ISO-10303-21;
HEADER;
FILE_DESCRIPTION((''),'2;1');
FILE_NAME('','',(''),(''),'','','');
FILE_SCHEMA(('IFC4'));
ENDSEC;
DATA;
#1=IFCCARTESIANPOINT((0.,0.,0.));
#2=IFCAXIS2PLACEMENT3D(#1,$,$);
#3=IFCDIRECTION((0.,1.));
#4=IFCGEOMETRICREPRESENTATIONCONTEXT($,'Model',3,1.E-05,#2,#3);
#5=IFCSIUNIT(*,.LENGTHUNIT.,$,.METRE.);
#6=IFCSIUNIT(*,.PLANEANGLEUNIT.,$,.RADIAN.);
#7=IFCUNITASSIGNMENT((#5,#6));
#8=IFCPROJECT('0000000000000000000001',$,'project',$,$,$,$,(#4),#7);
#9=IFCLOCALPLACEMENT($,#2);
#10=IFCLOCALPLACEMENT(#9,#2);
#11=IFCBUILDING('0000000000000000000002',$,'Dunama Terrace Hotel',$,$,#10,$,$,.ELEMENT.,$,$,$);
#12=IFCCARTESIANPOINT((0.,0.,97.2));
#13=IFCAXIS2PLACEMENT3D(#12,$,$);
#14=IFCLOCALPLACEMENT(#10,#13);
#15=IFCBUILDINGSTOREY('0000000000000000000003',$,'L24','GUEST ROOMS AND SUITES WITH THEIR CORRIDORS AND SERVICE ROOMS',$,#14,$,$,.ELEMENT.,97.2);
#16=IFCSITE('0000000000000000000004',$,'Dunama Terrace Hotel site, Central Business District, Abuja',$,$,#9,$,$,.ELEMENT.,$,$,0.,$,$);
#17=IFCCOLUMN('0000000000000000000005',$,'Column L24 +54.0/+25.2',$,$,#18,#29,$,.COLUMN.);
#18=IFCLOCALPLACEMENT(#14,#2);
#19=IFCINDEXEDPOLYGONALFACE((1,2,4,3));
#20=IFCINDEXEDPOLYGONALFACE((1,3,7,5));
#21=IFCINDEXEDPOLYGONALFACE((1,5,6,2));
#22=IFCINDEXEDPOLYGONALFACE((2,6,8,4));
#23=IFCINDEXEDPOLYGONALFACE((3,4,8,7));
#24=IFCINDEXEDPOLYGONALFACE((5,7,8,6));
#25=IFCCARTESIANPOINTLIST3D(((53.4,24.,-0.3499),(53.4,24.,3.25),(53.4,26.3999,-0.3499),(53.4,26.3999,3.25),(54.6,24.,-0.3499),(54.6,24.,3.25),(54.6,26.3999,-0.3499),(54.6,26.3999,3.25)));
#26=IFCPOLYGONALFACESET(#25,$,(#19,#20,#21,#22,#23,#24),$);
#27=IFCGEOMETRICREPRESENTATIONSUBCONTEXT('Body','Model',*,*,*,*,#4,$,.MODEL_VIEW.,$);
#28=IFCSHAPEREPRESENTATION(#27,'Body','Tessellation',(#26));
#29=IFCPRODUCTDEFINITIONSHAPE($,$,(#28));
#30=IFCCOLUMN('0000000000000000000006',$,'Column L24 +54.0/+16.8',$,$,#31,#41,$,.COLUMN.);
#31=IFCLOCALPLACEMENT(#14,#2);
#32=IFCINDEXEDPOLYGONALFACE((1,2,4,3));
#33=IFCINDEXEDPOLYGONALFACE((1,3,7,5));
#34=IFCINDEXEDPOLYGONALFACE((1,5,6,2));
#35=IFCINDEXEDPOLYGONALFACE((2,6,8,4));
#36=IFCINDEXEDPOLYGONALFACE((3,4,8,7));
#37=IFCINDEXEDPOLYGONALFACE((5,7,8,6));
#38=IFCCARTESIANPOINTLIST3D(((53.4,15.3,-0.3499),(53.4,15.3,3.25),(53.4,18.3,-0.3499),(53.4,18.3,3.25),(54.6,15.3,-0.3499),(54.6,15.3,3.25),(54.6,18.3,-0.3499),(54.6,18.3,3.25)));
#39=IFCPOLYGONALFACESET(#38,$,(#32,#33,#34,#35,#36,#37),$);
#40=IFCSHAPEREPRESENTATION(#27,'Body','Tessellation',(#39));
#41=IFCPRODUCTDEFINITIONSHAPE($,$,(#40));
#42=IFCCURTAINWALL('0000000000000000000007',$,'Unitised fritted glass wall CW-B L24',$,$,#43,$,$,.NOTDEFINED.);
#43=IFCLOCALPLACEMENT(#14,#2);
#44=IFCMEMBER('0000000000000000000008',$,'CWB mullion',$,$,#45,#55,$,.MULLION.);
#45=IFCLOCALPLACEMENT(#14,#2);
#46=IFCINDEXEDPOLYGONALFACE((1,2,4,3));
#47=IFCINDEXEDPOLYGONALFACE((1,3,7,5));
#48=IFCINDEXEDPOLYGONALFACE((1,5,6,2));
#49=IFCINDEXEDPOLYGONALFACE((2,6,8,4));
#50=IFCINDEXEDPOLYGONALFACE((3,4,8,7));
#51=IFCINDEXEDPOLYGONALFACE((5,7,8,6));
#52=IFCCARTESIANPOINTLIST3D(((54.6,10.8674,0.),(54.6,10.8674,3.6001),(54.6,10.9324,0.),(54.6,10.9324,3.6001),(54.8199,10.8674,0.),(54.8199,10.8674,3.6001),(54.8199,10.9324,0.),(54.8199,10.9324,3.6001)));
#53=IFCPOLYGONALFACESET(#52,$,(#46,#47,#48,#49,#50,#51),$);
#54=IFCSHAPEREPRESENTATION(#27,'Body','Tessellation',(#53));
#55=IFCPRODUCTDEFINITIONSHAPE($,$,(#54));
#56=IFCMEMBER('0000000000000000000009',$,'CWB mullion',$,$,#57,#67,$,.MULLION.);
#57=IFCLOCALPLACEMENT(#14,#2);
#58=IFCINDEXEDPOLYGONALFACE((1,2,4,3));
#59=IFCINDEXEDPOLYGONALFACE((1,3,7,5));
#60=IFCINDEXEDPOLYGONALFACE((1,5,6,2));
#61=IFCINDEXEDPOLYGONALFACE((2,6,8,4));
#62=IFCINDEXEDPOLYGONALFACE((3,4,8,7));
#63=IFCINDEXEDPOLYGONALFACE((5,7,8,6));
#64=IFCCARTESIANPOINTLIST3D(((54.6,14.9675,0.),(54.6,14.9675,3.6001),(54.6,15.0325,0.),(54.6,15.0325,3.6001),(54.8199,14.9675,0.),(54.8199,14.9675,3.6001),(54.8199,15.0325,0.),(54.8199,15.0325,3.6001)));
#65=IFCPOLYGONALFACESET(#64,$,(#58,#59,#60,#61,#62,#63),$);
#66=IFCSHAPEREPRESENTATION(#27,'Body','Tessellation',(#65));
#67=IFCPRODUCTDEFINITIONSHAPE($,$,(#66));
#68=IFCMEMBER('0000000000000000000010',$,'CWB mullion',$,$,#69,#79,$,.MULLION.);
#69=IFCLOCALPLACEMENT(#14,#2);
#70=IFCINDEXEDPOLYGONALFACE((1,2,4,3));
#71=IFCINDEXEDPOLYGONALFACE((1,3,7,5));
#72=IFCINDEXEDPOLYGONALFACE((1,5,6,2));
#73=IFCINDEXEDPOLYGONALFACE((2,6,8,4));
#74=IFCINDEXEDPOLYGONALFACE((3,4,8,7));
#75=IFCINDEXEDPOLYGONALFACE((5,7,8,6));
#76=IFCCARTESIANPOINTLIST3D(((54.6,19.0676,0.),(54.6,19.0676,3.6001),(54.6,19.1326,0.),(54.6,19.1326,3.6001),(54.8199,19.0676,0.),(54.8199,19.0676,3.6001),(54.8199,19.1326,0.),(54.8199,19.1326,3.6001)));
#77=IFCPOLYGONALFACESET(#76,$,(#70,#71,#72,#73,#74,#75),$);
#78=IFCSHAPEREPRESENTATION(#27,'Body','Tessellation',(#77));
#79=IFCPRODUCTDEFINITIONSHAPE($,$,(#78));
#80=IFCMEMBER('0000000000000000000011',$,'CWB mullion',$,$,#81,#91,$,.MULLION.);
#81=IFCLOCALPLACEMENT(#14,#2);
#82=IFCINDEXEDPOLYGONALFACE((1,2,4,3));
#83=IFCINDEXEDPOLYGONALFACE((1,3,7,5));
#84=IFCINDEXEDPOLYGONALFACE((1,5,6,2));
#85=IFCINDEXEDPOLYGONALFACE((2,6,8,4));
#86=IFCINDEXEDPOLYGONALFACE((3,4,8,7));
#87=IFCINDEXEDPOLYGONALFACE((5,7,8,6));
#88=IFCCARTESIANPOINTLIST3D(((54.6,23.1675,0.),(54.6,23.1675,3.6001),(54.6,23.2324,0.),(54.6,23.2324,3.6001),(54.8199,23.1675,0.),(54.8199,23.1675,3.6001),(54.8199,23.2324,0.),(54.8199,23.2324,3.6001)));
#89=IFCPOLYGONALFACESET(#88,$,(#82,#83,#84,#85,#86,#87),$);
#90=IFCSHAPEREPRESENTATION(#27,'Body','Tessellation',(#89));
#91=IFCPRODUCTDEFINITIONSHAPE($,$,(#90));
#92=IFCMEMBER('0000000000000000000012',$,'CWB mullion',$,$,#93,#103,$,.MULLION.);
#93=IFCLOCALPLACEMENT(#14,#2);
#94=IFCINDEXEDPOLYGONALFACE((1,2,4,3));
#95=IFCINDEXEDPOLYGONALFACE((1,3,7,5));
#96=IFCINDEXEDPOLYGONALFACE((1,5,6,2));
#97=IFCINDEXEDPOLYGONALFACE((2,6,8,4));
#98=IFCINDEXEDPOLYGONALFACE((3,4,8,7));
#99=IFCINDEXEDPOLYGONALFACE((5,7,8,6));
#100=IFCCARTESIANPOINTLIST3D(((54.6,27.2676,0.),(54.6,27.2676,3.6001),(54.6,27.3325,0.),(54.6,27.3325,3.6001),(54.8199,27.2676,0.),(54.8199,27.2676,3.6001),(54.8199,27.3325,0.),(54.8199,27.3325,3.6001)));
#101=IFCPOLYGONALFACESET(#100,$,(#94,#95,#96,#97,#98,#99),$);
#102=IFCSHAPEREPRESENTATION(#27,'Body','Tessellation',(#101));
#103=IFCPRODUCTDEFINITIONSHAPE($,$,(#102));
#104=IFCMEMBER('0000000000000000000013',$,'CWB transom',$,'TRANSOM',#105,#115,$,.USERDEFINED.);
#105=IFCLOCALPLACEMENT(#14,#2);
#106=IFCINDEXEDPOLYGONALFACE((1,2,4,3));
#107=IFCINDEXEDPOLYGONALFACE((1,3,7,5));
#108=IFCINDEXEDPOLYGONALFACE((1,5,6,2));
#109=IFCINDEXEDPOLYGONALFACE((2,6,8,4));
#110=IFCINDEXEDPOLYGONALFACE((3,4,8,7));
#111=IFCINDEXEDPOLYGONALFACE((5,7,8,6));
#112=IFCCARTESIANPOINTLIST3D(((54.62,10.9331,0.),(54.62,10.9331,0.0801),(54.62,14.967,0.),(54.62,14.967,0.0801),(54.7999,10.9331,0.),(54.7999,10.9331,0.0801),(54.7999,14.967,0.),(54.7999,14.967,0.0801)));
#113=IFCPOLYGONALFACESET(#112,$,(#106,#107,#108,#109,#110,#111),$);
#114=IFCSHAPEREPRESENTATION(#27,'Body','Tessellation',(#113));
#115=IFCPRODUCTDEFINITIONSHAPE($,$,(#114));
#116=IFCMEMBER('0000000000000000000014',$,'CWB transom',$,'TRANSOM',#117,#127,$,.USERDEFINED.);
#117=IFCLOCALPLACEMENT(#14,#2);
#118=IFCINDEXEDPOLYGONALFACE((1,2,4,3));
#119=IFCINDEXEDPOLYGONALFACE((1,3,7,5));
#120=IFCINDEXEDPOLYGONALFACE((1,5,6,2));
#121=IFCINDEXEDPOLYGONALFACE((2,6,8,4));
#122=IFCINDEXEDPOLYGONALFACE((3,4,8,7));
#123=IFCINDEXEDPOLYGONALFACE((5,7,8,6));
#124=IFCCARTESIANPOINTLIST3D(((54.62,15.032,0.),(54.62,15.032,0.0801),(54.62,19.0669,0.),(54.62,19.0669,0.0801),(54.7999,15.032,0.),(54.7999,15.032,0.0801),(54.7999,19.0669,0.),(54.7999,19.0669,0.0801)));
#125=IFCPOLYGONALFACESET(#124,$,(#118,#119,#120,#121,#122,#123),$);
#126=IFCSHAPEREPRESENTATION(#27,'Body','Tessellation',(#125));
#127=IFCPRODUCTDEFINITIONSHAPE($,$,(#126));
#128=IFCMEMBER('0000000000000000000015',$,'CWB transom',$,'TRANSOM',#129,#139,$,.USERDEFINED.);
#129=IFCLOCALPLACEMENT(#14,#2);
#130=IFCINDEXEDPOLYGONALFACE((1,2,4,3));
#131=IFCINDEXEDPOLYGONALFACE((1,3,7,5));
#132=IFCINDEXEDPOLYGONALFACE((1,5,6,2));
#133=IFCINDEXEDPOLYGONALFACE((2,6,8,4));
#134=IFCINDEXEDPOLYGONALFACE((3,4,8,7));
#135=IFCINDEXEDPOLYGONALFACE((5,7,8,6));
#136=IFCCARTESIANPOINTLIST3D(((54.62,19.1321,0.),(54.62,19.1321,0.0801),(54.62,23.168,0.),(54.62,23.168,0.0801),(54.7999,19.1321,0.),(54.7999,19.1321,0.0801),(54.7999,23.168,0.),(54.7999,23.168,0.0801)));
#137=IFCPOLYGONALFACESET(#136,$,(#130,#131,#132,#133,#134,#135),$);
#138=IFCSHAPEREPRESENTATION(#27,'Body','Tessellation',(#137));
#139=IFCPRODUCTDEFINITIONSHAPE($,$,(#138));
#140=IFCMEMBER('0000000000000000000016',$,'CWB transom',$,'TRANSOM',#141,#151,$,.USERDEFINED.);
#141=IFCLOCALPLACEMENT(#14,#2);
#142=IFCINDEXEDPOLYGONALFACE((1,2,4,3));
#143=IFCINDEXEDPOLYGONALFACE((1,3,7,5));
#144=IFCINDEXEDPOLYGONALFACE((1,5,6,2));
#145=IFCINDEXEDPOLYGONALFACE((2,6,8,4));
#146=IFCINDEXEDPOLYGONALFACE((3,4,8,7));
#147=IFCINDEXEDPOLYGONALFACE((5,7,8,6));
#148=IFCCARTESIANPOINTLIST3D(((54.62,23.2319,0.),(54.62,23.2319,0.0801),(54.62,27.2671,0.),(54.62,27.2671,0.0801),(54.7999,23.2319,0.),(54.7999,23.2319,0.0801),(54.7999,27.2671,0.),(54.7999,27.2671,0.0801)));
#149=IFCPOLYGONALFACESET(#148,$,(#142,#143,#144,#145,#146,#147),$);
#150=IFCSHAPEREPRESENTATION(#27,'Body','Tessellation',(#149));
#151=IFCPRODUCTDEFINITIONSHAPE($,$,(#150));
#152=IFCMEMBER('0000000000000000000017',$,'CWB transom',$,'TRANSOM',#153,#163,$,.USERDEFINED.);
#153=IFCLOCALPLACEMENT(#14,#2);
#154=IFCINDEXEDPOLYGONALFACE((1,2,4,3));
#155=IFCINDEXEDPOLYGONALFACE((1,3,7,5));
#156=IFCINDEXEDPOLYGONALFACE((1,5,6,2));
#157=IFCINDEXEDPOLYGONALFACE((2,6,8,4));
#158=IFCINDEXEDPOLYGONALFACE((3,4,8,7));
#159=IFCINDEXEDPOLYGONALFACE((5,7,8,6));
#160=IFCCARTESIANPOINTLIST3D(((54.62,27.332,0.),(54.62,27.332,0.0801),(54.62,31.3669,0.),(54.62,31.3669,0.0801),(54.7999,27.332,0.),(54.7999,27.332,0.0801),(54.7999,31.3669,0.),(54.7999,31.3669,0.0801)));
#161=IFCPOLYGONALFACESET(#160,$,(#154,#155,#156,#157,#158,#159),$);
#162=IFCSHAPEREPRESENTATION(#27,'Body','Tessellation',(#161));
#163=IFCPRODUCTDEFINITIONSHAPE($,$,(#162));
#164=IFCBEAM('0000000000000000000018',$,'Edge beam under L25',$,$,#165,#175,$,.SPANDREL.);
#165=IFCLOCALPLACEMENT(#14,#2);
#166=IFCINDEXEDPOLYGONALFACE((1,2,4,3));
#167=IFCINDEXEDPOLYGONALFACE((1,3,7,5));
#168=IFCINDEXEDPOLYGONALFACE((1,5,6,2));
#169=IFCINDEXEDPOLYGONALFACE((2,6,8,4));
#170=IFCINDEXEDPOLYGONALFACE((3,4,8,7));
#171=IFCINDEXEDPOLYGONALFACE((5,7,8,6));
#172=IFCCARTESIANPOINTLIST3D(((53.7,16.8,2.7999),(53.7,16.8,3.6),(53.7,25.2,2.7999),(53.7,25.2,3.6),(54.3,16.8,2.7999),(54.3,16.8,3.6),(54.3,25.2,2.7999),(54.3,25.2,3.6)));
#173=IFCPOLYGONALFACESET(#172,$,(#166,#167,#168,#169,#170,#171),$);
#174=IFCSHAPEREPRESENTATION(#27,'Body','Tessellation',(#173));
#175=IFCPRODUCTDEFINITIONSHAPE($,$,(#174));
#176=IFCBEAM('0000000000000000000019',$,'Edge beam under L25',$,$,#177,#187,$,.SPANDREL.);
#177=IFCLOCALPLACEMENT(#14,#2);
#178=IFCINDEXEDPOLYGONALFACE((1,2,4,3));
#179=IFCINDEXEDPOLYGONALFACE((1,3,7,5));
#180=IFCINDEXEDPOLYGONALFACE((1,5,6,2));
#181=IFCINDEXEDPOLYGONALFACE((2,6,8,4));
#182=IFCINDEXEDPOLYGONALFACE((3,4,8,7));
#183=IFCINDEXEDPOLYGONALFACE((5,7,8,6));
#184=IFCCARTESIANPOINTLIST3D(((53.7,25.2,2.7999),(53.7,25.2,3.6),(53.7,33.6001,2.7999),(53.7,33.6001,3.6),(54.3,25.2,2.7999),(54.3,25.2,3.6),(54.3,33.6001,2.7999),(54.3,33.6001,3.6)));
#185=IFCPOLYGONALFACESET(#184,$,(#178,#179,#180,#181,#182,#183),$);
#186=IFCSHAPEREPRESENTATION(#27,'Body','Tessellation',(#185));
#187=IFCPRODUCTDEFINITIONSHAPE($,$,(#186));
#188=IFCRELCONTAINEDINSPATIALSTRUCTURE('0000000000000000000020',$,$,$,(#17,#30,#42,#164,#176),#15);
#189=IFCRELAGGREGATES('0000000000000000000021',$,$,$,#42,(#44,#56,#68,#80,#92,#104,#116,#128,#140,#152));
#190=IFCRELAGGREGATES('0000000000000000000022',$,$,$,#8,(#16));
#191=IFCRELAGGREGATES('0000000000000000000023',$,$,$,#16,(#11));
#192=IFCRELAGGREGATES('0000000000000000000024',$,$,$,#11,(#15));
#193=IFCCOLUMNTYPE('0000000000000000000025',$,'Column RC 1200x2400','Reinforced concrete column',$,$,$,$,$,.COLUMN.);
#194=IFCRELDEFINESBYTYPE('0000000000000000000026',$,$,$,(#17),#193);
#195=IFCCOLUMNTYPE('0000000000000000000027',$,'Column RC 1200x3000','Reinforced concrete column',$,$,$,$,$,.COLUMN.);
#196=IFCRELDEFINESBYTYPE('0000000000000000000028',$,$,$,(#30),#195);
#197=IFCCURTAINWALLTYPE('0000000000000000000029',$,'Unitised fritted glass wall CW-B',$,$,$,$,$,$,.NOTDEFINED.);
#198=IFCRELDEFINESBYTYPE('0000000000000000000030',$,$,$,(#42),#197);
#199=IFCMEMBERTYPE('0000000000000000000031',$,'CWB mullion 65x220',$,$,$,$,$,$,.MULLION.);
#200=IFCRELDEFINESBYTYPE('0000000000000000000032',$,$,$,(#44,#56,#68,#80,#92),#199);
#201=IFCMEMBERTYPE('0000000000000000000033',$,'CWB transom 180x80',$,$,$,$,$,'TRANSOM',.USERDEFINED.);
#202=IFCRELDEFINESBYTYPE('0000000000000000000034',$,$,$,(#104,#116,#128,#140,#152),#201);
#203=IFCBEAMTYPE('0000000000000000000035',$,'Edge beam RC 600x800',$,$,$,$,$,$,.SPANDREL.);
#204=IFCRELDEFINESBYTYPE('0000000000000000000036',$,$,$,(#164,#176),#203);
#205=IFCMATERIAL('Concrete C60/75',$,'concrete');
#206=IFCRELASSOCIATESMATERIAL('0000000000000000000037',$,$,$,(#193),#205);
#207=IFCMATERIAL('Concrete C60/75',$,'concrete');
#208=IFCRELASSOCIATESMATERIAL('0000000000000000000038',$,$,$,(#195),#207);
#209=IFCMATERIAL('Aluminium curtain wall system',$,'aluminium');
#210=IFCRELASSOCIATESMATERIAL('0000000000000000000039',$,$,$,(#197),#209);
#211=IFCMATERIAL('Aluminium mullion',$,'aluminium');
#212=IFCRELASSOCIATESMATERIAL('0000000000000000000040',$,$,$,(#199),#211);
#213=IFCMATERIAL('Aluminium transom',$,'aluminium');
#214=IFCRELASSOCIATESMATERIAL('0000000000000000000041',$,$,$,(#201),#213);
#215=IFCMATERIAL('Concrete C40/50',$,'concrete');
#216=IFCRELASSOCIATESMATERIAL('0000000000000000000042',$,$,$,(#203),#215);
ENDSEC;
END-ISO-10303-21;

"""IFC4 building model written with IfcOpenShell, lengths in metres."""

from ifc_helpers import new_model, si_unit, direction, frame, origin, origin_2d, place, context, subcontext, project, spatial, rectangle, extrude, material, material_profile, profile_set, type_object, element, aggregate, save


model = new_model("IFC4")

# Units and contexts
model_context = context("Model", 3, precision=1e-05, world=origin(), true_north=direction((0.0, 1.0)))
body_context = subcontext(model_context, "Body", "Model", "MODEL_VIEW")
ifc_project = project(units=[si_unit("LENGTHUNIT", "METRE"), si_unit("PLANEANGLEUNIT", "RADIAN")], contexts=[model_context])

# Site, building, storey
site_placement = place(None, origin())
site = spatial("IfcSite", under=ifc_project, at=site_placement, Name="Dunama Terrace Hotel site, Central Business District, Abuja", CompositionType="ELEMENT", RefElevation=0.0)
building_placement = place(site_placement, origin())
building = spatial("IfcBuilding", under=site, at=building_placement, Name="Dunama Terrace Hotel", CompositionType="ELEMENT")
storey_placement = place(building_placement, frame((0.0, 0.0, 97.2)))
storey = spatial("IfcBuildingStorey", under=building, at=storey_placement, Name="L24", Description="GUEST ROOMS AND SUITES WITH THEIR CORRIDORS AND SERVICE ROOMS", CompositionType="ELEMENT", Elevation=97.2)

# Columns
ifc_material_1 = material(Name="Concrete C60/75", Category="concrete")
ifc_material_profile_1 = material_profile(ifc_material_1, rectangle(XDim=1.2, YDim=2.3999, at=origin_2d()), Name="RC 1200x2400")
ifc_profile_set_1 = profile_set([ifc_material_profile_1], Name="Concrete C60/75")
column_type_1 = type_object("IfcColumnType", Name="Column RC 1200x2400", Description="Reinforced concrete column", PredefinedType="COLUMN", material=ifc_profile_set_1)
column_1_placement = place(storey_placement, frame((54.0, 25.2, -0.3499), z_axis=(0.0, 0.0, 1.0), x_axis=(1.0, 0.0, 0.0)))
element("IfcColumn", 1, at=column_1_placement, inside=storey, type_object=column_type_1, Name="Column L24 +54.0/+25.2", PredefinedType="COLUMN", context=body_context, shape_type="SweptSolid", body=[
    extrude(rectangle(XDim=1.2, YDim=2.3999, at=origin_2d()), origin(), (0.0, 0.0, 1.0), 3.5999),
])
ifc_material_2 = material(Name="Concrete C60/75", Category="concrete")
ifc_material_profile_2 = material_profile(ifc_material_2, rectangle(XDim=1.2, YDim=3.0, at=origin_2d()), Name="RC 1200x3000")
ifc_profile_set_2 = profile_set([ifc_material_profile_2], Name="Concrete C60/75")
column_type_2 = type_object("IfcColumnType", Name="Column RC 1200x3000", Description="Reinforced concrete column", PredefinedType="COLUMN", material=ifc_profile_set_2)
column_2_placement = place(storey_placement, frame((54.0, 16.8, -0.3499), z_axis=(0.0, 0.0, 1.0), x_axis=(1.0, 0.0, 0.0)))
element("IfcColumn", 2, at=column_2_placement, inside=storey, type_object=column_type_2, Name="Column L24 +54.0/+16.8", PredefinedType="COLUMN", context=body_context, shape_type="SweptSolid", body=[
    extrude(rectangle(XDim=1.2, YDim=3.0, at=origin_2d()), origin(), (0.0, 0.0, 1.0), 3.5999),
])

# Curtain wall, members
ifc_material_3 = material(Name="Aluminium curtain wall system", Category="aluminium")
curtain_wall_type = type_object("IfcCurtainWallType", Name="Unitised fritted glass wall CW-B", PredefinedType="NOTDEFINED", material=ifc_material_3)
curtain_wall_placement = place(storey_placement, origin())
curtain_wall = element("IfcCurtainWall", 3, at=curtain_wall_placement, inside=storey, type_object=curtain_wall_type, Name="Unitised fritted glass wall CW-B L24", PredefinedType="NOTDEFINED")
ifc_material_4 = material(Name="Aluminium mullion", Category="aluminium")
ifc_material_profile_3 = material_profile(ifc_material_4, rectangle(XDim=0.0649, YDim=0.22, at=origin_2d()), Name="CWB MULLION 65X220")
ifc_profile_set_3 = profile_set([ifc_material_profile_3], Name="Aluminium mullion")
member_type_1 = type_object("IfcMemberType", Name="CWB mullion 65x220", PredefinedType="MULLION", material=ifc_profile_set_3)
member_1_placement = place(storey_placement, frame((54.71, 10.8999, 0.0), z_axis=(0.0, 0.0, 1.0), x_axis=(0.0, 1.0, 0.0)))
member_1 = element("IfcMember", 4, at=member_1_placement, type_object=member_type_1, Name="CWB mullion", PredefinedType="MULLION", context=body_context, shape_type="SweptSolid", body=[
    extrude(rectangle(XDim=0.0649, YDim=0.22, at=origin_2d()), origin(), (0.0, 0.0, 1.0), 3.6001),
])
member_2_placement = place(storey_placement, frame((54.71, 15.0, 0.0), z_axis=(0.0, 0.0, 1.0), x_axis=(0.0, 1.0, 0.0)))
member_2 = element("IfcMember", 5, at=member_2_placement, type_object=member_type_1, Name="CWB mullion", PredefinedType="MULLION", context=body_context, shape_type="SweptSolid", body=[
    extrude(rectangle(XDim=0.0649, YDim=0.22, at=origin_2d()), origin(), (0.0, 0.0, 1.0), 3.6001),
])
member_3_placement = place(storey_placement, frame((54.71, 19.1001, 0.0), z_axis=(0.0, 0.0, 1.0), x_axis=(0.0, 1.0, 0.0)))
member_3 = element("IfcMember", 6, at=member_3_placement, type_object=member_type_1, Name="CWB mullion", PredefinedType="MULLION", context=body_context, shape_type="SweptSolid", body=[
    extrude(rectangle(XDim=0.0649, YDim=0.22, at=origin_2d()), origin(), (0.0, 0.0, 1.0), 3.6001),
])
member_4_placement = place(storey_placement, frame((54.71, 23.2, 0.0), z_axis=(0.0, 0.0, 1.0), x_axis=(0.0, 1.0, 0.0)))
member_4 = element("IfcMember", 7, at=member_4_placement, type_object=member_type_1, Name="CWB mullion", PredefinedType="MULLION", context=body_context, shape_type="SweptSolid", body=[
    extrude(rectangle(XDim=0.0649, YDim=0.22, at=origin_2d()), origin(), (0.0, 0.0, 1.0), 3.6001),
])
member_5_placement = place(storey_placement, frame((54.71, 27.3, 0.0), z_axis=(0.0, 0.0, 1.0), x_axis=(0.0, 1.0, 0.0)))
member_5 = element("IfcMember", 8, at=member_5_placement, type_object=member_type_1, Name="CWB mullion", PredefinedType="MULLION", context=body_context, shape_type="SweptSolid", body=[
    extrude(rectangle(XDim=0.0649, YDim=0.22, at=origin_2d()), origin(), (0.0, 0.0, 1.0), 3.6001),
])
ifc_material_5 = material(Name="Aluminium transom", Category="aluminium")
ifc_material_profile_4 = material_profile(ifc_material_5, rectangle(XDim=0.1799, YDim=0.0801, at=origin_2d()), Name="CWB TRANSOM 180X80")
ifc_profile_set_4 = profile_set([ifc_material_profile_4], Name="Aluminium transom")
member_type_2 = type_object("IfcMemberType", Name="CWB transom 180x80", ElementType="TRANSOM", PredefinedType="USERDEFINED", material=ifc_profile_set_4)
member_6_placement = place(storey_placement, frame((54.71, 10.9331, 0.04), z_axis=(0.0, 1.0, 0.0), x_axis=(-1.0, 0.0, 0.0)))
member_6 = element("IfcMember", 9, at=member_6_placement, type_object=member_type_2, Name="CWB transom", ObjectType="TRANSOM", PredefinedType="USERDEFINED", context=body_context, shape_type="SweptSolid", body=[
    extrude(rectangle(XDim=0.1799, YDim=0.0801, at=origin_2d()), origin(), (0.0, 0.0, 1.0), 4.0339),
])
member_7_placement = place(storey_placement, frame((54.71, 15.032, 0.04), z_axis=(0.0, 1.0, 0.0), x_axis=(-1.0, 0.0, 0.0)))
member_7 = element("IfcMember", 10, at=member_7_placement, type_object=member_type_2, Name="CWB transom", ObjectType="TRANSOM", PredefinedType="USERDEFINED", context=body_context, shape_type="SweptSolid", body=[
    extrude(rectangle(XDim=0.1799, YDim=0.0801, at=origin_2d()), origin(), (0.0, 0.0, 1.0), 4.0349),
])
member_8_placement = place(storey_placement, frame((54.71, 19.1321, 0.04), z_axis=(0.0, 1.0, 0.0), x_axis=(-1.0, 0.0, 0.0)))
member_8 = element("IfcMember", 11, at=member_8_placement, type_object=member_type_2, Name="CWB transom", ObjectType="TRANSOM", PredefinedType="USERDEFINED", context=body_context, shape_type="SweptSolid", body=[
    extrude(rectangle(XDim=0.1799, YDim=0.0801, at=origin_2d()), origin(), (0.0, 0.0, 1.0), 4.0359),
])
member_9_placement = place(storey_placement, frame((54.71, 23.2319, 0.04), z_axis=(0.0, 1.0, 0.0), x_axis=(-1.0, 0.0, 0.0)))
member_9 = element("IfcMember", 12, at=member_9_placement, type_object=member_type_2, Name="CWB transom", ObjectType="TRANSOM", PredefinedType="USERDEFINED", context=body_context, shape_type="SweptSolid", body=[
    extrude(rectangle(XDim=0.1799, YDim=0.0801, at=origin_2d()), origin(), (0.0, 0.0, 1.0), 4.0352),
])
member_10_placement = place(storey_placement, frame((54.71, 27.332, 0.04), z_axis=(0.0, 1.0, 0.0), x_axis=(-1.0, 0.0, 0.0)))
member_10 = element("IfcMember", 13, at=member_10_placement, type_object=member_type_2, Name="CWB transom", ObjectType="TRANSOM", PredefinedType="USERDEFINED", context=body_context, shape_type="SweptSolid", body=[
    extrude(rectangle(XDim=0.1799, YDim=0.0801, at=origin_2d()), origin(), (0.0, 0.0, 1.0), 4.0349),
])

# Beams
ifc_material_6 = material(Name="Concrete C40/50", Category="concrete")
ifc_material_profile_5 = material_profile(ifc_material_6, rectangle(XDim=0.6001, YDim=0.8, at=origin_2d()), Name="RC 600x800")
ifc_profile_set_5 = profile_set([ifc_material_profile_5], Name="Concrete C40/50")
beam_type = type_object("IfcBeamType", Name="Edge beam RC 600x800", PredefinedType="SPANDREL", material=ifc_profile_set_5)
beam_1_placement = place(storey_placement, frame((54.0, 16.8, 3.2), z_axis=(0.0, 1.0, 0.0), x_axis=(-1.0, 0.0, 0.0)))
element("IfcBeam", 14, at=beam_1_placement, inside=storey, type_object=beam_type, Name="Edge beam under L25", PredefinedType="SPANDREL", context=body_context, shape_type="SweptSolid", body=[
    extrude(rectangle(XDim=0.6001, YDim=0.8, at=origin_2d()), origin(), (0.0, 0.0, 1.0), 8.3999),
])
beam_2_placement = place(storey_placement, frame((54.0, 25.2, 3.2), z_axis=(0.0, 1.0, 0.0), x_axis=(-1.0, 0.0, 0.0)))
element("IfcBeam", 15, at=beam_2_placement, inside=storey, type_object=beam_type, Name="Edge beam under L25", PredefinedType="SPANDREL", context=body_context, shape_type="SweptSolid", body=[
    extrude(rectangle(XDim=0.6001, YDim=0.8, at=origin_2d()), origin(), (0.0, 0.0, 1.0), 8.4001),
])

aggregate(curtain_wall, [member_1, member_2, member_3, member_4, member_5, member_6, member_7, member_8, member_9, member_10])

save(model, "model.ifc")
